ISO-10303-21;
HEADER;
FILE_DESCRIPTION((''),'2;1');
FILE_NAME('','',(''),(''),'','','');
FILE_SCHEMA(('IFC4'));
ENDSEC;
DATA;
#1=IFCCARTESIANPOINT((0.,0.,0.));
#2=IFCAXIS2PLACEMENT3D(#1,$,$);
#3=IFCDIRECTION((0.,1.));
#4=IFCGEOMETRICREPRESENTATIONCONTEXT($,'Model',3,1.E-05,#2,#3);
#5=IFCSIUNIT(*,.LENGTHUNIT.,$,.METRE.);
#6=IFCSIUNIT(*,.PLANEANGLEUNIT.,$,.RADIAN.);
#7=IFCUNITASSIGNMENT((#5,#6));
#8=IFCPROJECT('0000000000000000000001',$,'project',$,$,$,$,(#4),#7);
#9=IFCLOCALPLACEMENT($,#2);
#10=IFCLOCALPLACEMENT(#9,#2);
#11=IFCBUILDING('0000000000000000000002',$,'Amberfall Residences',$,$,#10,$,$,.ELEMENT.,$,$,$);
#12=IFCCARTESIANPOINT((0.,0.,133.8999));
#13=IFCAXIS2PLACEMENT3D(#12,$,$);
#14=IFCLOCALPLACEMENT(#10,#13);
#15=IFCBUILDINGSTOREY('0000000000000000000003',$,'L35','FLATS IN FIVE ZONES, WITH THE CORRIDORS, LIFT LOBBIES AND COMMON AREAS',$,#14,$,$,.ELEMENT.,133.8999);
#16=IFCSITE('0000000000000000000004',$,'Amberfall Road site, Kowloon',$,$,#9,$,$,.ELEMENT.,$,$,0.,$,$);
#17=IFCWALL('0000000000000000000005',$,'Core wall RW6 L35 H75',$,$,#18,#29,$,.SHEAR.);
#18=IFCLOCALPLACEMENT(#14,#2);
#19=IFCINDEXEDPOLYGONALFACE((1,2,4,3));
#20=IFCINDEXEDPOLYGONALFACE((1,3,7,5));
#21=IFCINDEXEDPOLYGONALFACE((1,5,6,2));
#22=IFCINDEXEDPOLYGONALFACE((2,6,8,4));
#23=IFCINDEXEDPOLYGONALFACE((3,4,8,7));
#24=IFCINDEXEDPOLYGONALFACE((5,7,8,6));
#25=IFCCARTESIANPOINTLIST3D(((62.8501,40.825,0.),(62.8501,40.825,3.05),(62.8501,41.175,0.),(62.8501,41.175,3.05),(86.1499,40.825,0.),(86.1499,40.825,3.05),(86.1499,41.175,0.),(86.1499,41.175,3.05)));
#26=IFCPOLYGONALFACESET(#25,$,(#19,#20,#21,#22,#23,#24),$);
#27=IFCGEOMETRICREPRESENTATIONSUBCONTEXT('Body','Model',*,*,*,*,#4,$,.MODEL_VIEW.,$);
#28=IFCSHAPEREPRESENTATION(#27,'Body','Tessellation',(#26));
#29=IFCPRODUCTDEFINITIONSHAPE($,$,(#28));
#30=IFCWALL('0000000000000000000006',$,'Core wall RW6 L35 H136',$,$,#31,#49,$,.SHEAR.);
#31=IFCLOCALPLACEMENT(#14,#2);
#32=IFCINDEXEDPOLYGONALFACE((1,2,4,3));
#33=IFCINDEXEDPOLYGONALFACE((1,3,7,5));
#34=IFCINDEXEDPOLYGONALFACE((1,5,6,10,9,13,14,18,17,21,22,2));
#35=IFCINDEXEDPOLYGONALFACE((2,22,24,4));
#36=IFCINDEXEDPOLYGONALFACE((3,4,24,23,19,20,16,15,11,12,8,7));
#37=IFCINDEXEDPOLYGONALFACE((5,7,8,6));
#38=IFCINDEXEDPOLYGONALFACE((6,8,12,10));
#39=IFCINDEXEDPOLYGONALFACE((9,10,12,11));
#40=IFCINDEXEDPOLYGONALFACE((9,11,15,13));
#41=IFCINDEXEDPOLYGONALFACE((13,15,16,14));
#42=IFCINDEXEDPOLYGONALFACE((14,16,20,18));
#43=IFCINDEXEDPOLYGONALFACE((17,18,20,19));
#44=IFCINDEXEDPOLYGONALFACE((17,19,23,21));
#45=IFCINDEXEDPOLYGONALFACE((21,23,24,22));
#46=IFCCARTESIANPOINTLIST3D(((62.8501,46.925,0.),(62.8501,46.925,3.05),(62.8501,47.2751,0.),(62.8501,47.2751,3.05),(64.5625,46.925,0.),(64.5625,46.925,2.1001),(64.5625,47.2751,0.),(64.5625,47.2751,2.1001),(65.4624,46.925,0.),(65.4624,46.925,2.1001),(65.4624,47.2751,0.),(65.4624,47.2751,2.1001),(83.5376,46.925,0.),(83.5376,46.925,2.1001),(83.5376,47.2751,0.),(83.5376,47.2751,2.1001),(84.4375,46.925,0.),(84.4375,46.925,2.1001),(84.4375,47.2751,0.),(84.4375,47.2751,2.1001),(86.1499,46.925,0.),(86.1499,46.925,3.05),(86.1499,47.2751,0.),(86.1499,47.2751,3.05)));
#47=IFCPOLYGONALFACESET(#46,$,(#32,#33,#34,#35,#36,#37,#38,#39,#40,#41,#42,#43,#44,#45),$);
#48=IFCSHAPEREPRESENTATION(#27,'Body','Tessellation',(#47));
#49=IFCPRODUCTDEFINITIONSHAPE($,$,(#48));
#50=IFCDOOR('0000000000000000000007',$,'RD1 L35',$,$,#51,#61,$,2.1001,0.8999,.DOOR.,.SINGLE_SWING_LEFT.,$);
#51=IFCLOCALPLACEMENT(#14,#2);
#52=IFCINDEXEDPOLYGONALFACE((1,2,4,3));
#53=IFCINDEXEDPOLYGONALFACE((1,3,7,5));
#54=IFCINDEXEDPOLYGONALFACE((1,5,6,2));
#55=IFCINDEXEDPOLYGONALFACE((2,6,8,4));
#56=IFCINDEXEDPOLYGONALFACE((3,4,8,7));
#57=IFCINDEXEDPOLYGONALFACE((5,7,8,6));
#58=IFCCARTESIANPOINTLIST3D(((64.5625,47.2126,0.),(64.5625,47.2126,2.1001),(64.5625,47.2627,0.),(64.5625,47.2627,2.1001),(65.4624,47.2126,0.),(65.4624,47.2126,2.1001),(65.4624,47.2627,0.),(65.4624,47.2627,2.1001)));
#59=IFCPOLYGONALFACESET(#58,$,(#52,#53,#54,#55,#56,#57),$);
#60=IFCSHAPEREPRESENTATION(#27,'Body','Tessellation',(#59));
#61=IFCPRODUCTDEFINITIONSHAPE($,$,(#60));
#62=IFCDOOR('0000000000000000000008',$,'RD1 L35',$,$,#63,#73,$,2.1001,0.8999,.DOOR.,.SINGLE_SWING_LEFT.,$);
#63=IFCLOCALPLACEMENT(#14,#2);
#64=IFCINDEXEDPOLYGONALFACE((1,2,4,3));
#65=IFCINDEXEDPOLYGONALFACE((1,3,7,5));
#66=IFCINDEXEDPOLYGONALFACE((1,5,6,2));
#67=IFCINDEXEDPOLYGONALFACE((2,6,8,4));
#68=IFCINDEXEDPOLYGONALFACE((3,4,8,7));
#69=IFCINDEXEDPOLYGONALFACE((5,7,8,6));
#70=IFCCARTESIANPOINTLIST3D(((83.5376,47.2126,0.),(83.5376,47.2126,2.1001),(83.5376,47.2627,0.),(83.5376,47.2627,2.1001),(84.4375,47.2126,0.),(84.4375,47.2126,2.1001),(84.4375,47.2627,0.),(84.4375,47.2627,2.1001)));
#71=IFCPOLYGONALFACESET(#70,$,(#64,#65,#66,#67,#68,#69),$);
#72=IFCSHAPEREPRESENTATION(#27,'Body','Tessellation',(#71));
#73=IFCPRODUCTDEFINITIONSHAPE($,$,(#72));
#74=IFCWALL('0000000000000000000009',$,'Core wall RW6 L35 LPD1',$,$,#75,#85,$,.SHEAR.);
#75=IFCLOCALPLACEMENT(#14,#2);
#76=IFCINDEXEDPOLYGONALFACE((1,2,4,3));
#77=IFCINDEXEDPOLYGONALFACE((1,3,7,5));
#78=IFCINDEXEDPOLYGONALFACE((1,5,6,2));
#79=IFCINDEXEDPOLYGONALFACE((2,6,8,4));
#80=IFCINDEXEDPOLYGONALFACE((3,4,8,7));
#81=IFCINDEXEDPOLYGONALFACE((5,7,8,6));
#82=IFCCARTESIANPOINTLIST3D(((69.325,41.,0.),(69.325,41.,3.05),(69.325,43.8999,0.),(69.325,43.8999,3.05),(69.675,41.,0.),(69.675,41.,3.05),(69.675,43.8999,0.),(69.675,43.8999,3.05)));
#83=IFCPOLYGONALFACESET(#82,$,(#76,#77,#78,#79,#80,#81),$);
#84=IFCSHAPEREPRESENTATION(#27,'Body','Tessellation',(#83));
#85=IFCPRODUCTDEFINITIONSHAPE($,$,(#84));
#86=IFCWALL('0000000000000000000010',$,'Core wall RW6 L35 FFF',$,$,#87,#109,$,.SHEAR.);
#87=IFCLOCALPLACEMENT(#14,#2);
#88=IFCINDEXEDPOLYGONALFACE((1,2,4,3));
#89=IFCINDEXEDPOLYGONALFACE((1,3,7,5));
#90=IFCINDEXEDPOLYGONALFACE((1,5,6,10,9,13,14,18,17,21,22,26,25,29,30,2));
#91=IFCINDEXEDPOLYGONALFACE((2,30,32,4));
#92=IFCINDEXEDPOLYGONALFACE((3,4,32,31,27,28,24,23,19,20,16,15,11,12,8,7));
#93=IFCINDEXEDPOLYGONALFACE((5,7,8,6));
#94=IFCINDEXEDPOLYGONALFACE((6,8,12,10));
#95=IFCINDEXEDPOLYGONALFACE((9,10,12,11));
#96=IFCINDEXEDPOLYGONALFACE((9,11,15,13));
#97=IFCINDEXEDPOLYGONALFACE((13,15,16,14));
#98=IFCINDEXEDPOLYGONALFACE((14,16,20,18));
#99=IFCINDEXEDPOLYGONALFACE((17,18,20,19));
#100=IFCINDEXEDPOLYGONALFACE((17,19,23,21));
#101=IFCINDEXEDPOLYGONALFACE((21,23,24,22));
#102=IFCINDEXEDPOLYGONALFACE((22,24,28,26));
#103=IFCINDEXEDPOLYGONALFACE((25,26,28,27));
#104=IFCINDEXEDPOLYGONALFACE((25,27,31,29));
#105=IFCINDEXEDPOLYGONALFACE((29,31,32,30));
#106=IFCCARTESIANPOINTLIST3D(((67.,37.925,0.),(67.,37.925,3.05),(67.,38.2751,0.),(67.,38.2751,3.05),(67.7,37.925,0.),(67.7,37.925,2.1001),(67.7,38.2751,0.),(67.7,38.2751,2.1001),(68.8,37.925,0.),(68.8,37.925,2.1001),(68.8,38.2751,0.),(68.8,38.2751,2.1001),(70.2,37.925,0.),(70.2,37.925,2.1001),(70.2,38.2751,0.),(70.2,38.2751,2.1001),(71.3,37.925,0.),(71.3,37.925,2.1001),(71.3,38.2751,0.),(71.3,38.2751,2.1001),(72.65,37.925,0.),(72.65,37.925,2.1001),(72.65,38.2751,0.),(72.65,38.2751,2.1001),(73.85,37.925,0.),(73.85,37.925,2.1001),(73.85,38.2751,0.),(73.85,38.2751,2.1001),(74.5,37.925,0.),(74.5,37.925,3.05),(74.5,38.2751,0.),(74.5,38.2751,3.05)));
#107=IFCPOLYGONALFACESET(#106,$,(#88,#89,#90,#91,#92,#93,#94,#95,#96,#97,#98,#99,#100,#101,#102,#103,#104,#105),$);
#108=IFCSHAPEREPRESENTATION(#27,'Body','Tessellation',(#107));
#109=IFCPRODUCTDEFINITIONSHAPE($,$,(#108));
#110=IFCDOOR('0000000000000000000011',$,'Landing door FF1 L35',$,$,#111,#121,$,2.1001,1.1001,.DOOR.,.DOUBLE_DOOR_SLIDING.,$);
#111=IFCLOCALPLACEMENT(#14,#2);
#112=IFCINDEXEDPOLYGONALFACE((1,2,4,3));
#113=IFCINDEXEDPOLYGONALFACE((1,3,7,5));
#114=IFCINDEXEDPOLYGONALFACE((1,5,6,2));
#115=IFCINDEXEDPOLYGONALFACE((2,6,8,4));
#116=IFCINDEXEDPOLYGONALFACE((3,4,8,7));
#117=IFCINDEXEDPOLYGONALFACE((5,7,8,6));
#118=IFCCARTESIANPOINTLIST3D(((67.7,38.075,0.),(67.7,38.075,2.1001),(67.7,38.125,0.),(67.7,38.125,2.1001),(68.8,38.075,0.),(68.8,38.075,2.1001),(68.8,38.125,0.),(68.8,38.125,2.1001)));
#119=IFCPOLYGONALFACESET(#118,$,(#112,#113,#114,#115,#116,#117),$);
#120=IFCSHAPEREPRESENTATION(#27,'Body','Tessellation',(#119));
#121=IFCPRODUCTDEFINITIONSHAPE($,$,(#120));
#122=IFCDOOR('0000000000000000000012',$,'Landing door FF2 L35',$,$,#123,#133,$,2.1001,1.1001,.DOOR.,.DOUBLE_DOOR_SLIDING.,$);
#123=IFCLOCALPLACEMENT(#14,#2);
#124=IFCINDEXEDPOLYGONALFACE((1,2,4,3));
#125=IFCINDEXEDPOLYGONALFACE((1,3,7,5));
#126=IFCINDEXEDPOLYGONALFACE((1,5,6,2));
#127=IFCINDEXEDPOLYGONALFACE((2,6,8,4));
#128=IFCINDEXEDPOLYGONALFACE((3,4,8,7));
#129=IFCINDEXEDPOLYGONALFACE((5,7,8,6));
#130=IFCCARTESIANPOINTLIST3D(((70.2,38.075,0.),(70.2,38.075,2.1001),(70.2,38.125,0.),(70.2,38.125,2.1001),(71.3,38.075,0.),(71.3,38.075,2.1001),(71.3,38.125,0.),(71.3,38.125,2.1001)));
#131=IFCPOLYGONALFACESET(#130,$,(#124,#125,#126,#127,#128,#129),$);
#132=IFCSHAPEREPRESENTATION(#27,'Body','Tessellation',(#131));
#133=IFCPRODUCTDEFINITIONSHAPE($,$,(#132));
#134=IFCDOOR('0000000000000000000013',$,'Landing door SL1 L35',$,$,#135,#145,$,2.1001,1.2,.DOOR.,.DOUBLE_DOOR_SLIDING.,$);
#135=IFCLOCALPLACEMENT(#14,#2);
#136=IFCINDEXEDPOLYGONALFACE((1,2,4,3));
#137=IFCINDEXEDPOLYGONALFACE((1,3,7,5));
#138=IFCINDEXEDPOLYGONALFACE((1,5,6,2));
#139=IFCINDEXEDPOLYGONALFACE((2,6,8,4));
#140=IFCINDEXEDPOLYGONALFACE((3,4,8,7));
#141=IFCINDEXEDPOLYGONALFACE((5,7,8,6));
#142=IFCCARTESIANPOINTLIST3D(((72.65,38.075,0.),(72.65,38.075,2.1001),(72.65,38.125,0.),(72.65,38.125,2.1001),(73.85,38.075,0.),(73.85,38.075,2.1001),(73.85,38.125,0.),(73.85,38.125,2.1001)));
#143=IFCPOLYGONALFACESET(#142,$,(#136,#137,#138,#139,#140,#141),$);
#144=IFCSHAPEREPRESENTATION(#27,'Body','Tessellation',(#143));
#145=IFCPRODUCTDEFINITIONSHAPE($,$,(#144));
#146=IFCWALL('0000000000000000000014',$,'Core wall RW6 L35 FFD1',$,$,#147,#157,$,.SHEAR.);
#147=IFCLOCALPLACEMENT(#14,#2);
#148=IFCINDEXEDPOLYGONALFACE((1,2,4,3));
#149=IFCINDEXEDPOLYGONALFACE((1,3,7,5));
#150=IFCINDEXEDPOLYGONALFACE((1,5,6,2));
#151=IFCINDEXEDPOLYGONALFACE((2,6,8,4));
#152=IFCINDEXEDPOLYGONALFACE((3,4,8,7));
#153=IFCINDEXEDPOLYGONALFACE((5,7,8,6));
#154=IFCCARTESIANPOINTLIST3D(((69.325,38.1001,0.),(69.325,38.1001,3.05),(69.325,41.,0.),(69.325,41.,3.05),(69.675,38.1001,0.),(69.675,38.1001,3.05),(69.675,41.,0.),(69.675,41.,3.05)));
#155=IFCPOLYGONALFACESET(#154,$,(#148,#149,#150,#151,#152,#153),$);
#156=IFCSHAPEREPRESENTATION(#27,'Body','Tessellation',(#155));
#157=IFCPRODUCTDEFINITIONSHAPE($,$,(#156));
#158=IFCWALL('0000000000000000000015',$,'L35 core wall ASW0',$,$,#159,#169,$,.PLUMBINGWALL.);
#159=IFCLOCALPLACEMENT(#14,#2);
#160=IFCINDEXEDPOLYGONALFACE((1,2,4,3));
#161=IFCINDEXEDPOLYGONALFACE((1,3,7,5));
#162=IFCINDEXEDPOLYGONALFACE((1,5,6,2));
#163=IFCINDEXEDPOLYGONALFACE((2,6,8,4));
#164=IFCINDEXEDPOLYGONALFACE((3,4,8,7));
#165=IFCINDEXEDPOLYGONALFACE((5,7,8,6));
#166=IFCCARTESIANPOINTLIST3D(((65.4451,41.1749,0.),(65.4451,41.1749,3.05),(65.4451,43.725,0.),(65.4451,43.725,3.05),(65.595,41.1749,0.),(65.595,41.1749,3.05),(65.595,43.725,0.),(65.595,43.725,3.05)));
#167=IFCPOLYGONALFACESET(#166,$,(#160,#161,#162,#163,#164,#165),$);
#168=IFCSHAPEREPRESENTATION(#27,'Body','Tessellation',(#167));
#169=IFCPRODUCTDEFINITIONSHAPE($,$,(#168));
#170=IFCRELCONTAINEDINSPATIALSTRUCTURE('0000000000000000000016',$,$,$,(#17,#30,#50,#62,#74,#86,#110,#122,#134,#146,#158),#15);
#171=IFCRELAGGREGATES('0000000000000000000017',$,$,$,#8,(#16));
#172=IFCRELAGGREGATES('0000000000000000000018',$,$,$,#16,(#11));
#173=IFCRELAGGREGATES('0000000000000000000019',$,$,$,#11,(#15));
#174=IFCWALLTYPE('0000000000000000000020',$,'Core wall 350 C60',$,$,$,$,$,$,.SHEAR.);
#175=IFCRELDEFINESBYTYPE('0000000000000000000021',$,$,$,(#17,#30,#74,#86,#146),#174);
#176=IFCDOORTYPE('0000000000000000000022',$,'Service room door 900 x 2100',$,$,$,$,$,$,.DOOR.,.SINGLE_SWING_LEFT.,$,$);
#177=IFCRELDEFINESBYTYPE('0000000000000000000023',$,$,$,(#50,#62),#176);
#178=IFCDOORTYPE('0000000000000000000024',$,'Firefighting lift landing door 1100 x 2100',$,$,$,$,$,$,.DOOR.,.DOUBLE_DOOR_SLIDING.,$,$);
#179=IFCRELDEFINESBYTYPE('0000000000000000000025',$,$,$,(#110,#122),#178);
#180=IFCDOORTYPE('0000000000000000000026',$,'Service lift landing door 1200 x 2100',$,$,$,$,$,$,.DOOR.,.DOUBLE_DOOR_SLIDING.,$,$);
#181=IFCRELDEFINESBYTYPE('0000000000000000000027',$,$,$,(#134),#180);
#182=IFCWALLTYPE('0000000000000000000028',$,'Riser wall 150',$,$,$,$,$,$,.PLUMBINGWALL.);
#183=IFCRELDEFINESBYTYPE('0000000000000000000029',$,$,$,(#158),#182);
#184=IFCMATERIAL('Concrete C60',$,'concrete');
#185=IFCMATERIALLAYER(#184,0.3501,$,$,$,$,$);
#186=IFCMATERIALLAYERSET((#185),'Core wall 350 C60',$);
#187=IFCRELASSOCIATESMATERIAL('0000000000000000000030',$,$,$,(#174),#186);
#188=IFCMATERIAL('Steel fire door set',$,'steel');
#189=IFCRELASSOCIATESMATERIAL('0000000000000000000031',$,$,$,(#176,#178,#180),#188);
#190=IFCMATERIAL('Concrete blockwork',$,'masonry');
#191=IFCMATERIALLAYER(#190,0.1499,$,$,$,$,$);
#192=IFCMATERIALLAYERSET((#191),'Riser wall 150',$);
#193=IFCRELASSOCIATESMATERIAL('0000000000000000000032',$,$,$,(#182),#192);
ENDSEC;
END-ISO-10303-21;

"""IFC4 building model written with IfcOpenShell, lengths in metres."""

from ifc_helpers import new_model, si_unit, direction, frame, frame_2d, origin, place, context, subcontext, project, spatial, rectangle, extrude, material, layer, layer_set, type_object, element, fill, save


model = new_model("IFC4")

# Units and contexts
model_context = context("Model", 3, precision=1e-05, world=origin(), true_north=direction((0.0, 1.0)))
body_context = subcontext(model_context, "Body", "Model", "MODEL_VIEW")
ifc_project = project(units=[si_unit("LENGTHUNIT", "METRE"), si_unit("PLANEANGLEUNIT", "RADIAN")], contexts=[model_context])

# Site, building, storey
site_placement = place(None, origin())
site = spatial("IfcSite", under=ifc_project, at=site_placement, Name="Amberfall Road site, Kowloon", CompositionType="ELEMENT", RefElevation=0.0)
building_placement = place(site_placement, origin())
building = spatial("IfcBuilding", under=site, at=building_placement, Name="Amberfall Residences", CompositionType="ELEMENT")
storey_placement = place(building_placement, frame((0.0, 0.0, 133.8999)))
storey = spatial("IfcBuildingStorey", under=building, at=storey_placement, Name="L35", Description="FLATS IN FIVE ZONES, WITH THE CORRIDORS, LIFT LOBBIES AND COMMON AREAS", CompositionType="ELEMENT", Elevation=133.8999)

# Wall
ifc_material_1 = material(Name="Concrete C60", Category="concrete")
ifc_layer_1 = layer(ifc_material_1, 0.3501)
ifc_layer_set_1 = layer_set([ifc_layer_1], Name="Core wall 350 C60")
wall_type_1 = type_object("IfcWallType", Name="Core wall 350 C60", PredefinedType="SHEAR", material=ifc_layer_set_1)
wall_1_placement = place(storey_placement, frame((62.8501, 41.0, 0.0), z_axis=(0.0, 0.0, 1.0), x_axis=(1.0, 0.0, 0.0)))
element("IfcWall", 1, at=wall_1_placement, inside=storey, type_object=wall_type_1, Name="Core wall RW6 L35 H75", PredefinedType="SHEAR", context=body_context, shape_type="SweptSolid", body=[
    extrude(rectangle(XDim=23.2998, YDim=0.3501, at=frame_2d((11.6499, 0.0))), origin(), (0.0, 0.0, 1.0), 3.05),
])

# Wall, openings, doors
ifc_material_2 = material(Name="Steel fire door set", Category="steel")
door_type_1 = type_object("IfcDoorType", Name="Service room door 900 x 2100", OperationType="SINGLE_SWING_LEFT", PredefinedType="DOOR", material=ifc_material_2)
wall_2_placement = place(storey_placement, frame((62.8501, 47.1001, 0.0), z_axis=(0.0, 0.0, 1.0), x_axis=(1.0, 0.0, 0.0)))
wall_2 = element("IfcWall", 2, at=wall_2_placement, inside=storey, type_object=wall_type_1, Name="Core wall RW6 L35 H136", PredefinedType="SHEAR", context=body_context, shape_type="SweptSolid", body=[
    extrude(rectangle(XDim=23.2998, YDim=0.3501, at=frame_2d((11.6499, 0.0))), origin(), (0.0, 0.0, 1.0), 3.05),
])
opening_1_placement = place(wall_2_placement, frame((1.7124, 0.0, 0.0)))
opening_1 = element("IfcOpeningElement", 3, at=opening_1_placement, cuts=wall_2, PredefinedType="OPENING", context=body_context, shape_type="SweptSolid", body=[
    extrude(rectangle(XDim=0.8999, YDim=2.1001, at=frame_2d((0.45, 1.05))), frame((0.0, 0.1851, 0.0), z_axis=(0.0, -1.0, 0.0), x_axis=(1.0, 0.0, 0.0)), (0.0, 0.0, 1.0), 0.3701),
])
opening_2_placement = place(wall_2_placement, frame((20.6875, 0.0, 0.0)))
opening_2 = element("IfcOpeningElement", 4, at=opening_2_placement, cuts=wall_2, PredefinedType="OPENING", context=body_context, shape_type="SweptSolid", body=[
    extrude(rectangle(XDim=0.8999, YDim=2.1001, at=frame_2d((0.45, 1.05))), frame((0.0, 0.1851, 0.0), z_axis=(0.0, -1.0, 0.0), x_axis=(1.0, 0.0, 0.0)), (0.0, 0.0, 1.0), 0.3701),
])
door_1_placement = place(opening_1_placement, origin())
door_1 = element("IfcDoor", 5, at=door_1_placement, inside=storey, type_object=door_type_1, Name="RD1 L35", OperationType="SINGLE_SWING_LEFT", OverallHeight=2.1001, OverallWidth=0.8999, PredefinedType="DOOR", context=body_context, shape_type="SweptSolid", body=[
    extrude(rectangle(XDim=0.8999, YDim=2.1001, at=frame_2d((0.45, 1.05))), frame((0.0, 0.1626, 0.0), z_axis=(0.0, -1.0, 0.0), x_axis=(1.0, 0.0, 0.0)), (0.0, 0.0, 1.0), 0.05),
])
fill(opening_1, door_1)
door_2_placement = place(opening_2_placement, origin())
door_2 = element("IfcDoor", 6, at=door_2_placement, inside=storey, type_object=door_type_1, Name="RD1 L35", OperationType="SINGLE_SWING_LEFT", OverallHeight=2.1001, OverallWidth=0.8999, PredefinedType="DOOR", context=body_context, shape_type="SweptSolid", body=[
    extrude(rectangle(XDim=0.8999, YDim=2.1001, at=frame_2d((0.45, 1.05))), frame((0.0, 0.1626, 0.0), z_axis=(0.0, -1.0, 0.0), x_axis=(1.0, 0.0, 0.0)), (0.0, 0.0, 1.0), 0.05),
])
fill(opening_2, door_2)

# Wall
wall_3_placement = place(storey_placement, frame((69.5, 41.0, 0.0), z_axis=(0.0, 0.0, 1.0), x_axis=(0.0, 1.0, 0.0)))
element("IfcWall", 7, at=wall_3_placement, inside=storey, type_object=wall_type_1, Name="Core wall RW6 L35 LPD1", PredefinedType="SHEAR", context=body_context, shape_type="SweptSolid", body=[
    extrude(rectangle(XDim=2.8999, YDim=0.3501, at=frame_2d((1.45, 0.0))), origin(), (0.0, 0.0, 1.0), 3.05),
])

# Wall, openings, doors
wall_4_placement = place(storey_placement, frame((67.0, 38.1001, 0.0), z_axis=(0.0, 0.0, 1.0), x_axis=(1.0, 0.0, 0.0)))
wall_4 = element("IfcWall", 8, at=wall_4_placement, inside=storey, type_object=wall_type_1, Name="Core wall RW6 L35 FFF", PredefinedType="SHEAR", context=body_context, shape_type="SweptSolid", body=[
    extrude(rectangle(XDim=7.5, YDim=0.3501, at=frame_2d((3.75, 0.0))), origin(), (0.0, 0.0, 1.0), 3.05),
])
opening_3_placement = place(wall_4_placement, frame((0.7, 0.0, 0.0)))
opening_3 = element("IfcOpeningElement", 9, at=opening_3_placement, cuts=wall_4, PredefinedType="OPENING", context=body_context, shape_type="SweptSolid", body=[
    extrude(rectangle(XDim=1.1001, YDim=2.1001, at=frame_2d((0.55, 1.05))), frame((0.0, 0.1851, 0.0), z_axis=(0.0, -1.0, 0.0), x_axis=(1.0, 0.0, 0.0)), (0.0, 0.0, 1.0), 0.3701),
])
opening_4_placement = place(wall_4_placement, frame((3.2, 0.0, 0.0)))
opening_4 = element("IfcOpeningElement", 10, at=opening_4_placement, cuts=wall_4, PredefinedType="OPENING", context=body_context, shape_type="SweptSolid", body=[
    extrude(rectangle(XDim=1.1001, YDim=2.1001, at=frame_2d((0.55, 1.05))), frame((0.0, 0.1851, 0.0), z_axis=(0.0, -1.0, 0.0), x_axis=(1.0, 0.0, 0.0)), (0.0, 0.0, 1.0), 0.3701),
])
opening_5_placement = place(wall_4_placement, frame((5.6499, 0.0, 0.0)))
opening_5 = element("IfcOpeningElement", 11, at=opening_5_placement, cuts=wall_4, PredefinedType="OPENING", context=body_context, shape_type="SweptSolid", body=[
    extrude(rectangle(XDim=1.2, YDim=2.1001, at=frame_2d((0.6001, 1.05))), frame((0.0, 0.1851, 0.0), z_axis=(0.0, -1.0, 0.0), x_axis=(1.0, 0.0, 0.0)), (0.0, 0.0, 1.0), 0.3701),
])
door_type_2 = type_object("IfcDoorType", Name="Firefighting lift landing door 1100 x 2100", OperationType="DOUBLE_DOOR_SLIDING", PredefinedType="DOOR", material=ifc_material_2)
door_3_placement = place(opening_3_placement, origin())
door_3 = element("IfcDoor", 12, at=door_3_placement, inside=storey, type_object=door_type_2, Name="Landing door FF1 L35", OperationType="DOUBLE_DOOR_SLIDING", OverallHeight=2.1001, OverallWidth=1.1001, PredefinedType="DOOR", context=body_context, shape_type="SweptSolid", body=[
    extrude(rectangle(XDim=1.1001, YDim=2.1001, at=frame_2d((0.55, 1.05))), frame((0.0, 0.0249, 0.0), z_axis=(0.0, -1.0, 0.0), x_axis=(1.0, 0.0, 0.0)), (0.0, 0.0, 1.0), 0.05),
])
fill(opening_3, door_3)
door_4_placement = place(opening_4_placement, origin())
door_4 = element("IfcDoor", 13, at=door_4_placement, inside=storey, type_object=door_type_2, Name="Landing door FF2 L35", OperationType="DOUBLE_DOOR_SLIDING", OverallHeight=2.1001, OverallWidth=1.1001, PredefinedType="DOOR", context=body_context, shape_type="SweptSolid", body=[
    extrude(rectangle(XDim=1.1001, YDim=2.1001, at=frame_2d((0.55, 1.05))), frame((0.0, 0.0249, 0.0), z_axis=(0.0, -1.0, 0.0), x_axis=(1.0, 0.0, 0.0)), (0.0, 0.0, 1.0), 0.05),
])
fill(opening_4, door_4)
door_type_3 = type_object("IfcDoorType", Name="Service lift landing door 1200 x 2100", OperationType="DOUBLE_DOOR_SLIDING", PredefinedType="DOOR", material=ifc_material_2)
door_5_placement = place(opening_5_placement, origin())
door_5 = element("IfcDoor", 14, at=door_5_placement, inside=storey, type_object=door_type_3, Name="Landing door SL1 L35", OperationType="DOUBLE_DOOR_SLIDING", OverallHeight=2.1001, OverallWidth=1.2, PredefinedType="DOOR", context=body_context, shape_type="SweptSolid", body=[
    extrude(rectangle(XDim=1.2, YDim=2.1001, at=frame_2d((0.6001, 1.05))), frame((0.0, 0.0249, 0.0), z_axis=(0.0, -1.0, 0.0), x_axis=(1.0, 0.0, 0.0)), (0.0, 0.0, 1.0), 0.05),
])
fill(opening_5, door_5)

# Walls
wall_5_placement = place(storey_placement, frame((69.5, 38.1001, 0.0), z_axis=(0.0, 0.0, 1.0), x_axis=(0.0, 1.0, 0.0)))
element("IfcWall", 15, at=wall_5_placement, inside=storey, type_object=wall_type_1, Name="Core wall RW6 L35 FFD1", PredefinedType="SHEAR", context=body_context, shape_type="SweptSolid", body=[
    extrude(rectangle(XDim=2.8999, YDim=0.3501, at=frame_2d((1.45, 0.0))), origin(), (0.0, 0.0, 1.0), 3.05),
])
ifc_material_3 = material(Name="Concrete blockwork", Category="masonry")
ifc_layer_2 = layer(ifc_material_3, 0.1499)
ifc_layer_set_2 = layer_set([ifc_layer_2], Name="Riser wall 150")
wall_type_2 = type_object("IfcWallType", Name="Riser wall 150", PredefinedType="PLUMBINGWALL", material=ifc_layer_set_2)
wall_6_placement = place(storey_placement, frame((65.52, 41.175, 0.0), z_axis=(0.0, 0.0, 1.0), x_axis=(0.0, 1.0, 0.0)))
element("IfcWall", 16, at=wall_6_placement, inside=storey, type_object=wall_type_2, Name="L35 core wall ASW0", PredefinedType="PLUMBINGWALL", context=body_context, shape_type="SweptSolid", body=[
    extrude(rectangle(XDim=2.55, YDim=0.1499, at=frame_2d((1.2749, 0.0))), origin(), (0.0, 0.0, 1.0), 3.05),
])

save(model, "model.ifc")
